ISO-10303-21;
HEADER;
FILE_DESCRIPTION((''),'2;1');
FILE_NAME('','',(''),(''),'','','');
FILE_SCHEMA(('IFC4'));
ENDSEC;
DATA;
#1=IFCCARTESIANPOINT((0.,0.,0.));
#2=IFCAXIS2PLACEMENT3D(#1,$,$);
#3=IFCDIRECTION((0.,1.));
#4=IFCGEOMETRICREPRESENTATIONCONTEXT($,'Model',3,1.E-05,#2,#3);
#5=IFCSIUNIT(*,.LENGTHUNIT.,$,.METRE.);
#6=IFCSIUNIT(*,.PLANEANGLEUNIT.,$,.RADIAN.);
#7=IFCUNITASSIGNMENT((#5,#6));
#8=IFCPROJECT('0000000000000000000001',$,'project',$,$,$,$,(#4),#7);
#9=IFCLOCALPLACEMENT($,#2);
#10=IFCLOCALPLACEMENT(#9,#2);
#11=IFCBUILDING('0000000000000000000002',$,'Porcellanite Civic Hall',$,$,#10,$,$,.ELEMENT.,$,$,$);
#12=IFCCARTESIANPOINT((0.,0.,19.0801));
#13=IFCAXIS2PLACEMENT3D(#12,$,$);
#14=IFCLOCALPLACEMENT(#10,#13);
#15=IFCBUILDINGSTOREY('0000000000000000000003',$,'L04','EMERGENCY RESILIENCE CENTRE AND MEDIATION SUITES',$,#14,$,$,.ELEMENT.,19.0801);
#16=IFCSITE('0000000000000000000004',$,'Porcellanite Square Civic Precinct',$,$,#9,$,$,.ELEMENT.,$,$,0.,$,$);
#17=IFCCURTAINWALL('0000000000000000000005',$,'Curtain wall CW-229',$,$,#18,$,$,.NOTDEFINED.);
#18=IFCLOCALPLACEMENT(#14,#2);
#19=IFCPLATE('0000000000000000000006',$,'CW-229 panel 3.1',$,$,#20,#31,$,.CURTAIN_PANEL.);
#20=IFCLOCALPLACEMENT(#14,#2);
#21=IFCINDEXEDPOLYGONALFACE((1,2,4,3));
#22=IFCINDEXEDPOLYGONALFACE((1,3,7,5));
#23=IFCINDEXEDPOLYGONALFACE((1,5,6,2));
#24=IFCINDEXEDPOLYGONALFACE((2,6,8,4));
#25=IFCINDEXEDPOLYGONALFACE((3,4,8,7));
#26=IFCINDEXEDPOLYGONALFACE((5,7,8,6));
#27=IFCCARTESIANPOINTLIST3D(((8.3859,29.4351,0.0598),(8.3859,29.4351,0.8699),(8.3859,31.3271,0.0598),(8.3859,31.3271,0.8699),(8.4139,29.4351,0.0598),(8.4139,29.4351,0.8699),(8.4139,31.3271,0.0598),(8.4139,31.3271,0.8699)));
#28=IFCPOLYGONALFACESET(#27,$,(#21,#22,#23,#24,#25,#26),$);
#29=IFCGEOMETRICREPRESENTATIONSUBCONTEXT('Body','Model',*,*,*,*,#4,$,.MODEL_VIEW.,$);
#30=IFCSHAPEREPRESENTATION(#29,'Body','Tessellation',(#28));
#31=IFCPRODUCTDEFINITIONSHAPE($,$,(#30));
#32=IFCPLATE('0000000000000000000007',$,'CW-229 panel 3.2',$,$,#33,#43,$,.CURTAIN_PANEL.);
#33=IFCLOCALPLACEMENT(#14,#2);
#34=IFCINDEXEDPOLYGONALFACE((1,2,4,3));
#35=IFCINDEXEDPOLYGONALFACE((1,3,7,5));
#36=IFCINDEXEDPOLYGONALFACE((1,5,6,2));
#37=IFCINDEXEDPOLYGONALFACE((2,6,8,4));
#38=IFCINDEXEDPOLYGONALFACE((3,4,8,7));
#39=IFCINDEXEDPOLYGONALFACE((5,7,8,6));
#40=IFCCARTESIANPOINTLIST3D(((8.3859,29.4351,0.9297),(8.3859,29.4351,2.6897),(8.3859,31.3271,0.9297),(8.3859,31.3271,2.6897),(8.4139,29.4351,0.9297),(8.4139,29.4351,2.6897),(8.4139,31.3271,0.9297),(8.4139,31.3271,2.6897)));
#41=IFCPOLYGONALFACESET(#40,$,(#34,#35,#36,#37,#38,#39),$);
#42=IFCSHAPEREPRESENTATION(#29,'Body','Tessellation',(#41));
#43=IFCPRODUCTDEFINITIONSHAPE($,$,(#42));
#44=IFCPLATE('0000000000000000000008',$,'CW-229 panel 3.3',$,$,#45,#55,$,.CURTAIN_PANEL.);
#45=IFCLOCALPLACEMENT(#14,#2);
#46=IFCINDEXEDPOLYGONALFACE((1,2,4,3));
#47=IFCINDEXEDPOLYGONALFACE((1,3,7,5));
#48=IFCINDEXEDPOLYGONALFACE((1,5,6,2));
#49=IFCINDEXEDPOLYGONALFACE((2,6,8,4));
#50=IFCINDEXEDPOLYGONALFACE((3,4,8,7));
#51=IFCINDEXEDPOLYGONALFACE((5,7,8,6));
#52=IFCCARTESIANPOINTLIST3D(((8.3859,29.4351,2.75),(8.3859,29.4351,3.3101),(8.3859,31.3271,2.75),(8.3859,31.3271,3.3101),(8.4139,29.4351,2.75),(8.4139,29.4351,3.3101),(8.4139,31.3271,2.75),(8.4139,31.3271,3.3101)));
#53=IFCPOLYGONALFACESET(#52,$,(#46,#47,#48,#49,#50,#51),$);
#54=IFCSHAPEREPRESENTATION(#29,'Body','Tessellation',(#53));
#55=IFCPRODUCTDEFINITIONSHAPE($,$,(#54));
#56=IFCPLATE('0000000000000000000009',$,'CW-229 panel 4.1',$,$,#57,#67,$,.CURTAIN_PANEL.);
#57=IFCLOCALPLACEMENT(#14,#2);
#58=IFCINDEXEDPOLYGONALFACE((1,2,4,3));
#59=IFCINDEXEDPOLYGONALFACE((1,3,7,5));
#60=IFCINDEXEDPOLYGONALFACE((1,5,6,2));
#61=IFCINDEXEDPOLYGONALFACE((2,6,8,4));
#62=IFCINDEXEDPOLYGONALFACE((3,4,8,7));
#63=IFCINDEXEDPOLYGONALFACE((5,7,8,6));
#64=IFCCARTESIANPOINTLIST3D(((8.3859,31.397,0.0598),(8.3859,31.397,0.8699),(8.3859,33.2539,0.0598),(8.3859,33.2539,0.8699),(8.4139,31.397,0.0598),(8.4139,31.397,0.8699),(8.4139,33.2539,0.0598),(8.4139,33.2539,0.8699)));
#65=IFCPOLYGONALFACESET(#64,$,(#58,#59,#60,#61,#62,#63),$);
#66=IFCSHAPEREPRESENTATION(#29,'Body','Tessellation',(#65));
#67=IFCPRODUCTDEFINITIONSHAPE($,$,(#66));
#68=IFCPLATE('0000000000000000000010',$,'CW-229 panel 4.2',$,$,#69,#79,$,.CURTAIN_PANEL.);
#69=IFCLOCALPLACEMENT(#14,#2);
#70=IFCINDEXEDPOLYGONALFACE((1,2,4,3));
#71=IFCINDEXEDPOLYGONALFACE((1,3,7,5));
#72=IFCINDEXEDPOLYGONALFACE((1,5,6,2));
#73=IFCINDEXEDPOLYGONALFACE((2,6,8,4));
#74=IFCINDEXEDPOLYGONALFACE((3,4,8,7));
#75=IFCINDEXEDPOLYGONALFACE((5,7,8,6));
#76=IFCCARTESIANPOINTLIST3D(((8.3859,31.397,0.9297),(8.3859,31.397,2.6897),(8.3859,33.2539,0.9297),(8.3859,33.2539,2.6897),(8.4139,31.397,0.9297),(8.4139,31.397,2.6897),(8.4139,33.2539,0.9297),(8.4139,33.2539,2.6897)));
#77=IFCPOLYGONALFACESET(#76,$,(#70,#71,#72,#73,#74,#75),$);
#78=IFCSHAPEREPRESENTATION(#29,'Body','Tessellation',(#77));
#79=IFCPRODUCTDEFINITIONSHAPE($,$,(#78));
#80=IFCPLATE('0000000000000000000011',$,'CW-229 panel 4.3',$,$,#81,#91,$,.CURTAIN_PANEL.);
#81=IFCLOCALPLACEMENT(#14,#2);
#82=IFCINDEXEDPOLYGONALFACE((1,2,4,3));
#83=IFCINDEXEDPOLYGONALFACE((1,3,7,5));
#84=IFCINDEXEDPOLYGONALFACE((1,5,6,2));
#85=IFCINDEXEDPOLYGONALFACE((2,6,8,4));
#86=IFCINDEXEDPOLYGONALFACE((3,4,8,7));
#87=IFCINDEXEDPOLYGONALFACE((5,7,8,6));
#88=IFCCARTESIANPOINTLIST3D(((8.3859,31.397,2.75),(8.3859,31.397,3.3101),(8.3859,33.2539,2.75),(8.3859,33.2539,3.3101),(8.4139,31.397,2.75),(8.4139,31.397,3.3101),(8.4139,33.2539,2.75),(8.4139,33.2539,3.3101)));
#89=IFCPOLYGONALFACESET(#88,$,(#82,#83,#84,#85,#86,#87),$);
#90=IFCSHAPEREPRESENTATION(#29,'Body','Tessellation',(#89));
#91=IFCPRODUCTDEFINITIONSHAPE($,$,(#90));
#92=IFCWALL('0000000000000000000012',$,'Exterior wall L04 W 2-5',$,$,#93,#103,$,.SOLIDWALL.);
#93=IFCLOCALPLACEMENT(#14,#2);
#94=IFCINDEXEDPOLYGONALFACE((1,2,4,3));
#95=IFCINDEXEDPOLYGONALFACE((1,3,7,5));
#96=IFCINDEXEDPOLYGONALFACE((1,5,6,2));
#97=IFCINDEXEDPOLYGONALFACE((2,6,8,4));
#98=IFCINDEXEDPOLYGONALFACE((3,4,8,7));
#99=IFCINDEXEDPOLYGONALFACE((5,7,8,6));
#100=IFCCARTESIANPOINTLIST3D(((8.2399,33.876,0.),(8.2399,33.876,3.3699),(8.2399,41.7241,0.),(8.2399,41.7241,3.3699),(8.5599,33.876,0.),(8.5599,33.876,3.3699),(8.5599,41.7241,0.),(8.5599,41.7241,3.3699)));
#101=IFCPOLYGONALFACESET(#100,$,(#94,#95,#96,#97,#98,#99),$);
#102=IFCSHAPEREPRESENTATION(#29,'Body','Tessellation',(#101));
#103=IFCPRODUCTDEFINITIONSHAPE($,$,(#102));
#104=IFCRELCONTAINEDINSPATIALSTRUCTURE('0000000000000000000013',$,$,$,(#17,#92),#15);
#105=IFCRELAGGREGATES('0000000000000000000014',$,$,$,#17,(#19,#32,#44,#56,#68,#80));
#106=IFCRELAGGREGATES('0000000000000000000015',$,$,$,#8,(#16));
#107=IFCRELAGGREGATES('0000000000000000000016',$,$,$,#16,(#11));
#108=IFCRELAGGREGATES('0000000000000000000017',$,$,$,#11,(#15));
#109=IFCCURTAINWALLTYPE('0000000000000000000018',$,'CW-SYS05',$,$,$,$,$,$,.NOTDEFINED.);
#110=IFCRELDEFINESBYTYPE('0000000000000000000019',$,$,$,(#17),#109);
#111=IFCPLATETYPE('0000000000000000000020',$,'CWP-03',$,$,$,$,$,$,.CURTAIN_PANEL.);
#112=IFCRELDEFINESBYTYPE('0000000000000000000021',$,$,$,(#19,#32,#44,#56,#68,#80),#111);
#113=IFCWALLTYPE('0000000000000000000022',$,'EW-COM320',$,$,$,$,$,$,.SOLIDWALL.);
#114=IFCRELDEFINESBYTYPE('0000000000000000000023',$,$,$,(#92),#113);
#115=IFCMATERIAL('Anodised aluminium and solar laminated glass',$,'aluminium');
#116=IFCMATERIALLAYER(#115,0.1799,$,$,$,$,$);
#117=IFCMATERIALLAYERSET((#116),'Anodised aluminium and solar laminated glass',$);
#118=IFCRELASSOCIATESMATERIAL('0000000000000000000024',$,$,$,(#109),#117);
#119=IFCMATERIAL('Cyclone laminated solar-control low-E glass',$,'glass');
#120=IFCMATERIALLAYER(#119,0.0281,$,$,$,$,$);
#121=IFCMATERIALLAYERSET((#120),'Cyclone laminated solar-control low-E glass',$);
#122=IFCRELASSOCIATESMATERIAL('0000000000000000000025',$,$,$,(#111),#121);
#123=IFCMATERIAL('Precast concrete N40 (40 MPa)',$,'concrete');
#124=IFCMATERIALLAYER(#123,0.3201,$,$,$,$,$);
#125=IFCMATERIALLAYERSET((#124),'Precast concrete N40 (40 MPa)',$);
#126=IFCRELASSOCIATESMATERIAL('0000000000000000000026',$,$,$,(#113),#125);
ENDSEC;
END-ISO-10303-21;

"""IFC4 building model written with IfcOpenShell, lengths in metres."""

from ifc_helpers import new_model, si_unit, direction, frame, frame_2d, origin, origin_2d, place, context, subcontext, project, spatial, rectangle, extrude, material, layer, layer_set, type_object, element, aggregate, save


model = new_model("IFC4")

# Units and contexts
model_context = context("Model", 3, precision=1e-05, world=origin(), true_north=direction((0.0, 1.0)))
body_context = subcontext(model_context, "Body", "Model", "MODEL_VIEW")
ifc_project = project(units=[si_unit("LENGTHUNIT", "METRE"), si_unit("PLANEANGLEUNIT", "RADIAN")], contexts=[model_context])

# Site, building, storey
site_placement = place(None, origin())
site = spatial("IfcSite", under=ifc_project, at=site_placement, Name="Porcellanite Square Civic Precinct", CompositionType="ELEMENT", RefElevation=0.0)
building_placement = place(site_placement, origin())
building = spatial("IfcBuilding", under=site, at=building_placement, Name="Porcellanite Civic Hall", CompositionType="ELEMENT")
storey_placement = place(building_placement, frame((0.0, 0.0, 19.0801)))
storey = spatial("IfcBuildingStorey", under=building, at=storey_placement, Name="L04", Description="EMERGENCY RESILIENCE CENTRE AND MEDIATION SUITES", CompositionType="ELEMENT", Elevation=19.0801)

# Curtain wall
ifc_material_1 = material(Name="Anodised aluminium and solar laminated glass", Category="aluminium")
ifc_layer_1 = layer(ifc_material_1, 0.1799)
ifc_layer_set_1 = layer_set([ifc_layer_1], Name="Anodised aluminium and solar laminated glass")
curtain_wall_type = type_object("IfcCurtainWallType", Name="CW-SYS05", PredefinedType="NOTDEFINED", material=ifc_layer_set_1)
curtain_wall_placement = place(storey_placement, origin())
curtain_wall = element("IfcCurtainWall", 1, at=curtain_wall_placement, inside=storey, type_object=curtain_wall_type, Name="Curtain wall CW-229", PredefinedType="NOTDEFINED")

# Plates
ifc_material_2 = material(Name="Cyclone laminated solar-control low-E glass", Category="glass")
ifc_layer_2 = layer(ifc_material_2, 0.0281)
ifc_layer_set_2 = layer_set([ifc_layer_2], Name="Cyclone laminated solar-control low-E glass")
plate_type = type_object("IfcPlateType", Name="CWP-03", PredefinedType="CURTAIN_PANEL", material=ifc_layer_set_2)
plate_1_placement = place(storey_placement, frame((8.3999, 30.3811, 0.0598), z_axis=(0.0, 0.0, 1.0), x_axis=(0.0, 1.0, 0.0)))
plate_1 = element("IfcPlate", 2, at=plate_1_placement, type_object=plate_type, Name="CW-229 panel 3.1", PredefinedType="CURTAIN_PANEL", context=body_context, shape_type="SweptSolid", body=[
    extrude(rectangle(XDim=1.8921, YDim=0.0281, at=origin_2d()), origin(), (0.0, 0.0, 1.0), 0.8101),
])
plate_2_placement = place(storey_placement, frame((8.3999, 30.3811, 0.9297), z_axis=(0.0, 0.0, 1.0), x_axis=(0.0, 1.0, 0.0)))
plate_2 = element("IfcPlate", 3, at=plate_2_placement, type_object=plate_type, Name="CW-229 panel 3.2", PredefinedType="CURTAIN_PANEL", context=body_context, shape_type="SweptSolid", body=[
    extrude(rectangle(XDim=1.8921, YDim=0.0281, at=origin_2d()), origin(), (0.0, 0.0, 1.0), 1.76),
])
plate_3_placement = place(storey_placement, frame((8.3999, 30.3811, 2.75), z_axis=(0.0, 0.0, 1.0), x_axis=(0.0, 1.0, 0.0)))
plate_3 = element("IfcPlate", 4, at=plate_3_placement, type_object=plate_type, Name="CW-229 panel 3.3", PredefinedType="CURTAIN_PANEL", context=body_context, shape_type="SweptSolid", body=[
    extrude(rectangle(XDim=1.8921, YDim=0.0281, at=origin_2d()), origin(), (0.0, 0.0, 1.0), 0.5601),
])
plate_4_placement = place(storey_placement, frame((8.3999, 32.3254, 0.0598), z_axis=(0.0, 0.0, 1.0), x_axis=(0.0, 1.0, 0.0)))
plate_4 = element("IfcPlate", 5, at=plate_4_placement, type_object=plate_type, Name="CW-229 panel 4.1", PredefinedType="CURTAIN_PANEL", context=body_context, shape_type="SweptSolid", body=[
    extrude(rectangle(XDim=1.8569, YDim=0.0281, at=origin_2d()), origin(), (0.0, 0.0, 1.0), 0.8101),
])
plate_5_placement = place(storey_placement, frame((8.3999, 32.3254, 0.9297), z_axis=(0.0, 0.0, 1.0), x_axis=(0.0, 1.0, 0.0)))
plate_5 = element("IfcPlate", 6, at=plate_5_placement, type_object=plate_type, Name="CW-229 panel 4.2", PredefinedType="CURTAIN_PANEL", context=body_context, shape_type="SweptSolid", body=[
    extrude(rectangle(XDim=1.8569, YDim=0.0281, at=origin_2d()), origin(), (0.0, 0.0, 1.0), 1.76),
])
plate_6_placement = place(storey_placement, frame((8.3999, 32.3254, 2.75), z_axis=(0.0, 0.0, 1.0), x_axis=(0.0, 1.0, 0.0)))
plate_6 = element("IfcPlate", 7, at=plate_6_placement, type_object=plate_type, Name="CW-229 panel 4.3", PredefinedType="CURTAIN_PANEL", context=body_context, shape_type="SweptSolid", body=[
    extrude(rectangle(XDim=1.8569, YDim=0.0281, at=origin_2d()), origin(), (0.0, 0.0, 1.0), 0.5601),
])
aggregate(curtain_wall, [plate_1, plate_2, plate_3, plate_4, plate_5, plate_6])

# Wall
ifc_material_3 = material(Name="Precast concrete N40 (40 MPa)", Category="concrete")
ifc_layer_3 = layer(ifc_material_3, 0.3201)
ifc_layer_set_3 = layer_set([ifc_layer_3], Name="Precast concrete N40 (40 MPa)")
wall_type_1 = type_object("IfcWallType", Name="EW-COM320", PredefinedType="SOLIDWALL", material=ifc_layer_set_3)
wall_1_placement = place(storey_placement, frame((8.3999, 33.876, 0.0), z_axis=(0.0, 0.0, 1.0), x_axis=(0.0, 1.0, 0.0)))
element("IfcWall", 8, at=wall_1_placement, inside=storey, type_object=wall_type_1, Name="Exterior wall L04 W 2-5", PredefinedType="SOLIDWALL", context=body_context, shape_type="SweptSolid", body=[
    extrude(rectangle(XDim=7.8481, YDim=0.3201, at=frame_2d((3.9241, 0.0))), origin(), (0.0, 0.0, 1.0), 3.3699),
])

save(model, "model.ifc")
